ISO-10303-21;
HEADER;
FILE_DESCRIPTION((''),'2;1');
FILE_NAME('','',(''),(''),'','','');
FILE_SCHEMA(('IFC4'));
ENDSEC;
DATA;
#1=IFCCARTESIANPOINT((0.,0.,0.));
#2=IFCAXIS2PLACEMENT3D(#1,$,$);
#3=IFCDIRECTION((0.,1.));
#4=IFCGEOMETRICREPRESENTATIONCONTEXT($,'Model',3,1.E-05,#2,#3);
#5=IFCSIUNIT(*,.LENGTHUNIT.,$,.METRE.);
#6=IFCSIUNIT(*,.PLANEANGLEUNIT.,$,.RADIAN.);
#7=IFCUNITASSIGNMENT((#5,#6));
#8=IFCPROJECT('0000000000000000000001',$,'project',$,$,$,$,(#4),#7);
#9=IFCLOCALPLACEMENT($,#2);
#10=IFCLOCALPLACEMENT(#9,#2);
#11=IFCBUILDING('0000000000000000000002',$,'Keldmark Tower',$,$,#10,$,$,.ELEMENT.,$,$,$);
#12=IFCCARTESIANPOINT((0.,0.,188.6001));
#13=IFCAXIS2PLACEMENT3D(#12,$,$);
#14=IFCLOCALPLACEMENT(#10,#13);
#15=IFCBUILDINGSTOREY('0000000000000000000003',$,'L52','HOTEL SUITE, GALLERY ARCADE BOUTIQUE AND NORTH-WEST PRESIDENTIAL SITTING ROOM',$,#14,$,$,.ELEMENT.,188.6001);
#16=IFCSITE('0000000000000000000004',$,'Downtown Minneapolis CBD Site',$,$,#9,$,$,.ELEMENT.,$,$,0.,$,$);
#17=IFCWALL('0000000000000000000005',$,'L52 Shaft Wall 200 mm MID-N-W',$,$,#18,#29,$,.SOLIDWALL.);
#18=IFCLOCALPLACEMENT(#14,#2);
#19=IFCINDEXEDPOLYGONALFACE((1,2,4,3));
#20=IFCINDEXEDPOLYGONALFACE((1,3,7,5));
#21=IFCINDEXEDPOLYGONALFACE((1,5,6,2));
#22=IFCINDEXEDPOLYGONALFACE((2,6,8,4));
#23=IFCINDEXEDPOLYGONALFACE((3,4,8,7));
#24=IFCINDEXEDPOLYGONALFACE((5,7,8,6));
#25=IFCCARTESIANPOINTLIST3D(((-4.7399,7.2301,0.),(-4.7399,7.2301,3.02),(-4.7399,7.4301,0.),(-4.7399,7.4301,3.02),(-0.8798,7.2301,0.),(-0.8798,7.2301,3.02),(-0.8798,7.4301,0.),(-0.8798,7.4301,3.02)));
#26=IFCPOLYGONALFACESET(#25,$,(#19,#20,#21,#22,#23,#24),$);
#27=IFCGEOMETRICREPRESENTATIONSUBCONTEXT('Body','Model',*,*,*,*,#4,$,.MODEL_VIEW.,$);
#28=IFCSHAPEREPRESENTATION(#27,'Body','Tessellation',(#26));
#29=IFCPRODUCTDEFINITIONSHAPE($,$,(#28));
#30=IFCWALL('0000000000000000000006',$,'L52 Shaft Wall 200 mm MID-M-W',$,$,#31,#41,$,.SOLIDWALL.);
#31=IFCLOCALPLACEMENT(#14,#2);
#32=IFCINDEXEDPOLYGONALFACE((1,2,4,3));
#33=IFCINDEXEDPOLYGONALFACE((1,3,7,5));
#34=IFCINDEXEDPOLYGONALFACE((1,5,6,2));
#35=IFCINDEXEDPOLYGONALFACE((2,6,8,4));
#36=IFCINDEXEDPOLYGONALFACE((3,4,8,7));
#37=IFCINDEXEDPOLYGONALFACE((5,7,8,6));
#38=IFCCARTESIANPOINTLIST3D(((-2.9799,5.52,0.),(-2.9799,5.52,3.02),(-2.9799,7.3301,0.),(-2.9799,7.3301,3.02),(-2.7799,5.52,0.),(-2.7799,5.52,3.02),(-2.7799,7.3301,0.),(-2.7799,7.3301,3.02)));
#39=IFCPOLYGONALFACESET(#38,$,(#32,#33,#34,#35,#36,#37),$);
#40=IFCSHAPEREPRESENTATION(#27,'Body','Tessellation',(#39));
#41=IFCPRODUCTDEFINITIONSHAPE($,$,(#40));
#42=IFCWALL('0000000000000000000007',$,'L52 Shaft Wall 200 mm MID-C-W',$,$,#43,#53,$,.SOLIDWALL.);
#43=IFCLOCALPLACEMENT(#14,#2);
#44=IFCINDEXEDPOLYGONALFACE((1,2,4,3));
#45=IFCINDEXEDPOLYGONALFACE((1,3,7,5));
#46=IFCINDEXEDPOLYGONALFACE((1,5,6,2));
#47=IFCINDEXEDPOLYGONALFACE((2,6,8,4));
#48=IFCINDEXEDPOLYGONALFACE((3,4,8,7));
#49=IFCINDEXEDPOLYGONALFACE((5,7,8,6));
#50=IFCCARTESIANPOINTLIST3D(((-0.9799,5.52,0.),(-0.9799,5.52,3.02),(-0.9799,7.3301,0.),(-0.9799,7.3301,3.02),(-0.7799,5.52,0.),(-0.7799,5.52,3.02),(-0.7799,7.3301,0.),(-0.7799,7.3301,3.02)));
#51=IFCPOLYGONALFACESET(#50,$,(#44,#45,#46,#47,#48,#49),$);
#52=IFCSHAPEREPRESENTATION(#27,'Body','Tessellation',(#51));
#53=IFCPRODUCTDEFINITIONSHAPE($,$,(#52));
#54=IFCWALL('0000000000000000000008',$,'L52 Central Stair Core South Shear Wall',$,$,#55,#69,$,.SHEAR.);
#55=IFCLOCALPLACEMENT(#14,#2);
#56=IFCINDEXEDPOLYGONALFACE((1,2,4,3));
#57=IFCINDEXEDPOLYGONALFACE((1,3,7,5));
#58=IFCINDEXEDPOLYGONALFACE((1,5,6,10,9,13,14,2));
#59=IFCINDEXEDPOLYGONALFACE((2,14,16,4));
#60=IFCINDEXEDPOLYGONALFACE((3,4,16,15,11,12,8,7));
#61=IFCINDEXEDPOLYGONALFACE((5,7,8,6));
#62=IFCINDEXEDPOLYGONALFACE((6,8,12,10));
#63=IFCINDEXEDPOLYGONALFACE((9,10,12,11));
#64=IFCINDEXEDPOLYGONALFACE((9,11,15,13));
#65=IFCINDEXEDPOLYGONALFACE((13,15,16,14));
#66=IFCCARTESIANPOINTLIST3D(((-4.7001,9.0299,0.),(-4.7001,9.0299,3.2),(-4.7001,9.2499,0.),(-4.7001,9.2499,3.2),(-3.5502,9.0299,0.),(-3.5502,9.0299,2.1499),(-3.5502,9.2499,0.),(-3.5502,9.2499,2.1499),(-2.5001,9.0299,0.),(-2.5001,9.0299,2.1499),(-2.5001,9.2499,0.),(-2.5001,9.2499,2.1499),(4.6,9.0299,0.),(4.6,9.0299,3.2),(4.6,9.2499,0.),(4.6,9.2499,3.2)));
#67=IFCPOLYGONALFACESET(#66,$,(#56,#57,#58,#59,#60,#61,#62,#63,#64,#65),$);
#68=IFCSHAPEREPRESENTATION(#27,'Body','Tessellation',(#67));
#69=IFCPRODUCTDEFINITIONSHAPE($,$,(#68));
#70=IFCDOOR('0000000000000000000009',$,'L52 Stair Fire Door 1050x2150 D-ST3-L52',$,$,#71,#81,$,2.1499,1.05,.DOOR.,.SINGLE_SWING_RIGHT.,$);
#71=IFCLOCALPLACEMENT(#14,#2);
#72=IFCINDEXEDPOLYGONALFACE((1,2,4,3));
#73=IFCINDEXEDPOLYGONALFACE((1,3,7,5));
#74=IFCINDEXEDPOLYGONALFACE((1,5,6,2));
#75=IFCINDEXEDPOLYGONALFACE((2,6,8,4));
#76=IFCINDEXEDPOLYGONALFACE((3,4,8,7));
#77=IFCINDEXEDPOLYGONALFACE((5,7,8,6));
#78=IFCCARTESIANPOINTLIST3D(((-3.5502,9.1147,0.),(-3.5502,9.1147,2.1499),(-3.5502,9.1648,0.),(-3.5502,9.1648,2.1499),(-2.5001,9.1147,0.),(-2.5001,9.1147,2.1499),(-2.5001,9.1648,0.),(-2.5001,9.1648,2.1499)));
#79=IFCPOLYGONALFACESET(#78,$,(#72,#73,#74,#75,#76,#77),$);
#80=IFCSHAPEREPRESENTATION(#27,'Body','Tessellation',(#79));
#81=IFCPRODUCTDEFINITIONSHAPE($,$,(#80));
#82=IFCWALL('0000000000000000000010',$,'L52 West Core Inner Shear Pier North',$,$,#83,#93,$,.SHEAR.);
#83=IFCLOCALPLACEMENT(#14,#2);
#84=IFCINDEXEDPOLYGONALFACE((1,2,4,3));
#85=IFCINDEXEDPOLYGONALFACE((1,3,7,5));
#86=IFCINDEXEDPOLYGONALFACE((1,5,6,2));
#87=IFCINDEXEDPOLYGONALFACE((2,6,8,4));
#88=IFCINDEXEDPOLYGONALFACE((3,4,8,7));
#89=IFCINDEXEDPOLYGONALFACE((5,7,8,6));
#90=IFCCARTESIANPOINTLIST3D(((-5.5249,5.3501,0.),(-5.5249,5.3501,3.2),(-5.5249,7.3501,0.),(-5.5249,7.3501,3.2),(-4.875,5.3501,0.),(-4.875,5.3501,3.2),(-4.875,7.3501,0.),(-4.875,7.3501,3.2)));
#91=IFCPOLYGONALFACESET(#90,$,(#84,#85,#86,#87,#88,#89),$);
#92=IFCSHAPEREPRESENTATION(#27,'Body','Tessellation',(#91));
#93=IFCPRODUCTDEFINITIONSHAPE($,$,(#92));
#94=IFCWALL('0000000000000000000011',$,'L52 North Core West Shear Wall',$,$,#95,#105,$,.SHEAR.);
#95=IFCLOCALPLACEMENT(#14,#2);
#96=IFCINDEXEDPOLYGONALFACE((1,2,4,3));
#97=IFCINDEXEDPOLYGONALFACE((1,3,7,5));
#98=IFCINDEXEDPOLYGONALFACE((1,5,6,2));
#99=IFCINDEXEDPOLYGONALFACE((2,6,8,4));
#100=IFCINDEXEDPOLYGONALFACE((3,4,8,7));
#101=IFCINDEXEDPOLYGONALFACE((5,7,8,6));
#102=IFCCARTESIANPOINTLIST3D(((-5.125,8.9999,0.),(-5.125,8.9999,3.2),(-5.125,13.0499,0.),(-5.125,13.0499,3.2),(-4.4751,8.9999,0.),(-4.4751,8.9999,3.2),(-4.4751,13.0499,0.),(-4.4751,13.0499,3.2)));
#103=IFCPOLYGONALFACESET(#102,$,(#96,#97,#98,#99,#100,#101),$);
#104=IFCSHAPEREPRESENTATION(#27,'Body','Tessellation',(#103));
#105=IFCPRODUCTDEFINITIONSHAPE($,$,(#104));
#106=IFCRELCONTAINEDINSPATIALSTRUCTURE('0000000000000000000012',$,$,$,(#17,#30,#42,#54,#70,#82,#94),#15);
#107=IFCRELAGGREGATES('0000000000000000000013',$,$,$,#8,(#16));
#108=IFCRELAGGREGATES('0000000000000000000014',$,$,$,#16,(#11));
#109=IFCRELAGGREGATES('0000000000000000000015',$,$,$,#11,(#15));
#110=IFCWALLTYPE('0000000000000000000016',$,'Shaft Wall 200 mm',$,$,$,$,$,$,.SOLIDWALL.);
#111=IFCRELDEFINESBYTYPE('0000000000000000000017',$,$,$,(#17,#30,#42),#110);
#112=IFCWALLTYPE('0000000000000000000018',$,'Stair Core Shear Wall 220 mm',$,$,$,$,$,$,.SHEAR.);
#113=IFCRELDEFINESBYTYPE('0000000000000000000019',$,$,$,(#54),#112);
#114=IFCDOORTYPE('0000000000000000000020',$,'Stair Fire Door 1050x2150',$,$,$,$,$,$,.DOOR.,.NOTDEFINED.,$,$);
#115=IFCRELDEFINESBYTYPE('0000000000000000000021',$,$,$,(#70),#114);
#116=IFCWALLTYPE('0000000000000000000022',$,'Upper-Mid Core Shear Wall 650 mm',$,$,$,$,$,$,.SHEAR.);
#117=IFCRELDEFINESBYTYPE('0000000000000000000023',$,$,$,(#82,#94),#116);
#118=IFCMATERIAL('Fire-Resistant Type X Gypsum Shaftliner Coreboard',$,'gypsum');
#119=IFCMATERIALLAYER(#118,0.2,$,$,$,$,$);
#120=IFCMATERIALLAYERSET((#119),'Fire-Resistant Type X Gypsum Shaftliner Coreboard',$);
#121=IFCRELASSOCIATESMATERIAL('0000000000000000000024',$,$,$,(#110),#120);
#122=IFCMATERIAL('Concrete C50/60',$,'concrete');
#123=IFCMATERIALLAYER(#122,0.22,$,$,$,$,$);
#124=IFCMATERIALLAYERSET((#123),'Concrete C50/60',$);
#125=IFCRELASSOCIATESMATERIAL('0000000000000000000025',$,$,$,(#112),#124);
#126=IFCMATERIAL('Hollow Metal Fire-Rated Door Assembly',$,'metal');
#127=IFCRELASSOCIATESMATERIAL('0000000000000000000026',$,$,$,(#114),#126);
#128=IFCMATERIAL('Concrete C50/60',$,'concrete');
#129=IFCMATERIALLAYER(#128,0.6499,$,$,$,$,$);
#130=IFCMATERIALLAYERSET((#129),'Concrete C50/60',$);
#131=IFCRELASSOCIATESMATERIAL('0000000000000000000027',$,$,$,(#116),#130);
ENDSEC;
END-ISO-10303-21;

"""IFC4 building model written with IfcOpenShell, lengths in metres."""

from ifc_helpers import new_model, si_unit, direction, frame, frame_2d, origin, place, context, subcontext, project, spatial, rectangle, extrude, material, layer, layer_set, type_object, element, fill, save


model = new_model("IFC4")

# Units and contexts
model_context = context("Model", 3, precision=1e-05, world=origin(), true_north=direction((0.0, 1.0)))
body_context = subcontext(model_context, "Body", "Model", "MODEL_VIEW")
ifc_project = project(units=[si_unit("LENGTHUNIT", "METRE"), si_unit("PLANEANGLEUNIT", "RADIAN")], contexts=[model_context])

# Site, building, storey
site_placement = place(None, origin())
site = spatial("IfcSite", under=ifc_project, at=site_placement, Name="Downtown Minneapolis CBD Site", CompositionType="ELEMENT", RefElevation=0.0)
building_placement = place(site_placement, origin())
building = spatial("IfcBuilding", under=site, at=building_placement, Name="Keldmark Tower", CompositionType="ELEMENT")
storey_placement = place(building_placement, frame((0.0, 0.0, 188.6001)))
storey = spatial("IfcBuildingStorey", under=building, at=storey_placement, Name="L52", Description="HOTEL SUITE, GALLERY ARCADE BOUTIQUE AND NORTH-WEST PRESIDENTIAL SITTING ROOM", CompositionType="ELEMENT", Elevation=188.6001)

# Shared definitions
ifc_material_1 = material(Name="Fire-Resistant Type X Gypsum Shaftliner Coreboard", Category="gypsum")
ifc_layer_1 = layer(ifc_material_1, 0.2)
ifc_layer_set_1 = layer_set([ifc_layer_1], Name="Fire-Resistant Type X Gypsum Shaftliner Coreboard")
wall_type_1 = type_object("IfcWallType", Name="Shaft Wall 200 mm", PredefinedType="SOLIDWALL", material=ifc_layer_set_1)

# Walls
wall_1_placement = place(storey_placement, frame((-4.74, 7.3301, 0.0), z_axis=(0.0, 0.0, 1.0), x_axis=(1.0, 0.0, 0.0)))
element("IfcWall", 1, at=wall_1_placement, inside=storey, type_object=wall_type_1, Name="L52 Shaft Wall 200 mm MID-N-W", PredefinedType="SOLIDWALL", context=body_context, shape_type="SweptSolid", body=[
    extrude(rectangle(XDim=3.8601, YDim=0.2, at=frame_2d((1.9302, 0.0))), origin(), (0.0, 0.0, 1.0), 3.02),
])
for number, where, z_axis, x_axis, name in (
    (2, (-2.8799, 5.52, 0.0), (0.0, 0.0, 1.0), (0.0, 1.0, 0.0), "L52 Shaft Wall 200 mm MID-M-W"),
    (3, (-0.8799, 5.52, 0.0), (0.0, 0.0, 1.0), (0.0, 1.0, 0.0), "L52 Shaft Wall 200 mm MID-C-W"),
):
    element("IfcWall", number, at=place(storey_placement, frame(where, z_axis=z_axis, x_axis=x_axis)), inside=storey, type_object=wall_type_1, Name=name, PredefinedType="SOLIDWALL", context=body_context, shape_type="SweptSolid", body=[
        extrude(rectangle(XDim=1.8101, YDim=0.2, at=frame_2d((0.905, 0.0))), origin(), (0.0, 0.0, 1.0), 3.02),
    ])

# Wall, opening, door
ifc_material_2 = material(Name="Concrete C50/60", Category="concrete")
ifc_layer_2 = layer(ifc_material_2, 0.22)
ifc_layer_set_2 = layer_set([ifc_layer_2], Name="Concrete C50/60")
wall_type_2 = type_object("IfcWallType", Name="Stair Core Shear Wall 220 mm", PredefinedType="SHEAR", material=ifc_layer_set_2)
wall_2_placement = place(storey_placement, frame((-4.7, 9.1399, 0.0), z_axis=(0.0, 0.0, 1.0), x_axis=(1.0, 0.0, 0.0)))
wall_2 = element("IfcWall", 4, at=wall_2_placement, inside=storey, type_object=wall_type_2, Name="L52 Central Stair Core South Shear Wall", PredefinedType="SHEAR", context=body_context, shape_type="SweptSolid", body=[
    extrude(rectangle(XDim=9.3, YDim=0.22, at=frame_2d((4.6499, 0.0))), origin(), (0.0, 0.0, 1.0), 3.2),
])
opening_1_placement = place(wall_2_placement, frame((1.1499, 0.0, 0.0)))
opening_1 = element("IfcOpeningElement", 5, at=opening_1_placement, cuts=wall_2, PredefinedType="OPENING", context=body_context, shape_type="SweptSolid", body=[
    extrude(rectangle(XDim=1.05, YDim=2.1499, at=frame_2d((0.5249, 1.075))), frame((0.0, 0.1199, 0.0), z_axis=(0.0, -1.0, 0.0), x_axis=(1.0, 0.0, 0.0)), (0.0, 0.0, 1.0), 0.24),
])
ifc_material_3 = material(Name="Hollow Metal Fire-Rated Door Assembly", Category="metal")
door_type_1 = type_object("IfcDoorType", Name="Stair Fire Door 1050x2150", OperationType="NOTDEFINED", PredefinedType="DOOR", material=ifc_material_3)
door_1_placement = place(opening_1_placement, origin())
door_1 = element("IfcDoor", 6, at=door_1_placement, inside=storey, type_object=door_type_1, Name="L52 Stair Fire Door 1050x2150 D-ST3-L52", OperationType="SINGLE_SWING_RIGHT", OverallHeight=2.1499, OverallWidth=1.05, PredefinedType="DOOR", context=body_context, shape_type="SweptSolid", body=[
    extrude(rectangle(XDim=1.05, YDim=2.1499, at=frame_2d((0.5249, 1.075))), frame((0.0, 0.0249, 0.0), z_axis=(0.0, -1.0, 0.0), x_axis=(1.0, 0.0, 0.0)), (0.0, 0.0, 1.0), 0.05),
])
fill(opening_1, door_1)

# Shared definitions
ifc_material_4 = material(Name="Concrete C50/60", Category="concrete")
ifc_layer_3 = layer(ifc_material_4, 0.6499)
ifc_layer_set_3 = layer_set([ifc_layer_3], Name="Concrete C50/60")
wall_type_3 = type_object("IfcWallType", Name="Upper-Mid Core Shear Wall 650 mm", PredefinedType="SHEAR", material=ifc_layer_set_3)

# Walls
wall_3_placement = place(storey_placement, frame((-5.2, 5.3501, 0.0), z_axis=(0.0, 0.0, 1.0), x_axis=(0.0, 1.0, 0.0)))
element("IfcWall", 7, at=wall_3_placement, inside=storey, type_object=wall_type_3, Name="L52 West Core Inner Shear Pier North", PredefinedType="SHEAR", context=body_context, shape_type="SweptSolid", body=[
    extrude(rectangle(XDim=2.0, YDim=0.6499, at=frame_2d((1.0, 0.0))), origin(), (0.0, 0.0, 1.0), 3.2),
])
wall_4_placement = place(storey_placement, frame((-4.8, 9.0, 0.0), z_axis=(0.0, 0.0, 1.0), x_axis=(0.0, 1.0, 0.0)))
element("IfcWall", 8, at=wall_4_placement, inside=storey, type_object=wall_type_3, Name="L52 North Core West Shear Wall", PredefinedType="SHEAR", context=body_context, shape_type="SweptSolid", body=[
    extrude(rectangle(XDim=4.05, YDim=0.6499, at=frame_2d((2.0249, 0.0))), origin(), (0.0, 0.0, 1.0), 3.2),
])

save(model, "model.ifc")
